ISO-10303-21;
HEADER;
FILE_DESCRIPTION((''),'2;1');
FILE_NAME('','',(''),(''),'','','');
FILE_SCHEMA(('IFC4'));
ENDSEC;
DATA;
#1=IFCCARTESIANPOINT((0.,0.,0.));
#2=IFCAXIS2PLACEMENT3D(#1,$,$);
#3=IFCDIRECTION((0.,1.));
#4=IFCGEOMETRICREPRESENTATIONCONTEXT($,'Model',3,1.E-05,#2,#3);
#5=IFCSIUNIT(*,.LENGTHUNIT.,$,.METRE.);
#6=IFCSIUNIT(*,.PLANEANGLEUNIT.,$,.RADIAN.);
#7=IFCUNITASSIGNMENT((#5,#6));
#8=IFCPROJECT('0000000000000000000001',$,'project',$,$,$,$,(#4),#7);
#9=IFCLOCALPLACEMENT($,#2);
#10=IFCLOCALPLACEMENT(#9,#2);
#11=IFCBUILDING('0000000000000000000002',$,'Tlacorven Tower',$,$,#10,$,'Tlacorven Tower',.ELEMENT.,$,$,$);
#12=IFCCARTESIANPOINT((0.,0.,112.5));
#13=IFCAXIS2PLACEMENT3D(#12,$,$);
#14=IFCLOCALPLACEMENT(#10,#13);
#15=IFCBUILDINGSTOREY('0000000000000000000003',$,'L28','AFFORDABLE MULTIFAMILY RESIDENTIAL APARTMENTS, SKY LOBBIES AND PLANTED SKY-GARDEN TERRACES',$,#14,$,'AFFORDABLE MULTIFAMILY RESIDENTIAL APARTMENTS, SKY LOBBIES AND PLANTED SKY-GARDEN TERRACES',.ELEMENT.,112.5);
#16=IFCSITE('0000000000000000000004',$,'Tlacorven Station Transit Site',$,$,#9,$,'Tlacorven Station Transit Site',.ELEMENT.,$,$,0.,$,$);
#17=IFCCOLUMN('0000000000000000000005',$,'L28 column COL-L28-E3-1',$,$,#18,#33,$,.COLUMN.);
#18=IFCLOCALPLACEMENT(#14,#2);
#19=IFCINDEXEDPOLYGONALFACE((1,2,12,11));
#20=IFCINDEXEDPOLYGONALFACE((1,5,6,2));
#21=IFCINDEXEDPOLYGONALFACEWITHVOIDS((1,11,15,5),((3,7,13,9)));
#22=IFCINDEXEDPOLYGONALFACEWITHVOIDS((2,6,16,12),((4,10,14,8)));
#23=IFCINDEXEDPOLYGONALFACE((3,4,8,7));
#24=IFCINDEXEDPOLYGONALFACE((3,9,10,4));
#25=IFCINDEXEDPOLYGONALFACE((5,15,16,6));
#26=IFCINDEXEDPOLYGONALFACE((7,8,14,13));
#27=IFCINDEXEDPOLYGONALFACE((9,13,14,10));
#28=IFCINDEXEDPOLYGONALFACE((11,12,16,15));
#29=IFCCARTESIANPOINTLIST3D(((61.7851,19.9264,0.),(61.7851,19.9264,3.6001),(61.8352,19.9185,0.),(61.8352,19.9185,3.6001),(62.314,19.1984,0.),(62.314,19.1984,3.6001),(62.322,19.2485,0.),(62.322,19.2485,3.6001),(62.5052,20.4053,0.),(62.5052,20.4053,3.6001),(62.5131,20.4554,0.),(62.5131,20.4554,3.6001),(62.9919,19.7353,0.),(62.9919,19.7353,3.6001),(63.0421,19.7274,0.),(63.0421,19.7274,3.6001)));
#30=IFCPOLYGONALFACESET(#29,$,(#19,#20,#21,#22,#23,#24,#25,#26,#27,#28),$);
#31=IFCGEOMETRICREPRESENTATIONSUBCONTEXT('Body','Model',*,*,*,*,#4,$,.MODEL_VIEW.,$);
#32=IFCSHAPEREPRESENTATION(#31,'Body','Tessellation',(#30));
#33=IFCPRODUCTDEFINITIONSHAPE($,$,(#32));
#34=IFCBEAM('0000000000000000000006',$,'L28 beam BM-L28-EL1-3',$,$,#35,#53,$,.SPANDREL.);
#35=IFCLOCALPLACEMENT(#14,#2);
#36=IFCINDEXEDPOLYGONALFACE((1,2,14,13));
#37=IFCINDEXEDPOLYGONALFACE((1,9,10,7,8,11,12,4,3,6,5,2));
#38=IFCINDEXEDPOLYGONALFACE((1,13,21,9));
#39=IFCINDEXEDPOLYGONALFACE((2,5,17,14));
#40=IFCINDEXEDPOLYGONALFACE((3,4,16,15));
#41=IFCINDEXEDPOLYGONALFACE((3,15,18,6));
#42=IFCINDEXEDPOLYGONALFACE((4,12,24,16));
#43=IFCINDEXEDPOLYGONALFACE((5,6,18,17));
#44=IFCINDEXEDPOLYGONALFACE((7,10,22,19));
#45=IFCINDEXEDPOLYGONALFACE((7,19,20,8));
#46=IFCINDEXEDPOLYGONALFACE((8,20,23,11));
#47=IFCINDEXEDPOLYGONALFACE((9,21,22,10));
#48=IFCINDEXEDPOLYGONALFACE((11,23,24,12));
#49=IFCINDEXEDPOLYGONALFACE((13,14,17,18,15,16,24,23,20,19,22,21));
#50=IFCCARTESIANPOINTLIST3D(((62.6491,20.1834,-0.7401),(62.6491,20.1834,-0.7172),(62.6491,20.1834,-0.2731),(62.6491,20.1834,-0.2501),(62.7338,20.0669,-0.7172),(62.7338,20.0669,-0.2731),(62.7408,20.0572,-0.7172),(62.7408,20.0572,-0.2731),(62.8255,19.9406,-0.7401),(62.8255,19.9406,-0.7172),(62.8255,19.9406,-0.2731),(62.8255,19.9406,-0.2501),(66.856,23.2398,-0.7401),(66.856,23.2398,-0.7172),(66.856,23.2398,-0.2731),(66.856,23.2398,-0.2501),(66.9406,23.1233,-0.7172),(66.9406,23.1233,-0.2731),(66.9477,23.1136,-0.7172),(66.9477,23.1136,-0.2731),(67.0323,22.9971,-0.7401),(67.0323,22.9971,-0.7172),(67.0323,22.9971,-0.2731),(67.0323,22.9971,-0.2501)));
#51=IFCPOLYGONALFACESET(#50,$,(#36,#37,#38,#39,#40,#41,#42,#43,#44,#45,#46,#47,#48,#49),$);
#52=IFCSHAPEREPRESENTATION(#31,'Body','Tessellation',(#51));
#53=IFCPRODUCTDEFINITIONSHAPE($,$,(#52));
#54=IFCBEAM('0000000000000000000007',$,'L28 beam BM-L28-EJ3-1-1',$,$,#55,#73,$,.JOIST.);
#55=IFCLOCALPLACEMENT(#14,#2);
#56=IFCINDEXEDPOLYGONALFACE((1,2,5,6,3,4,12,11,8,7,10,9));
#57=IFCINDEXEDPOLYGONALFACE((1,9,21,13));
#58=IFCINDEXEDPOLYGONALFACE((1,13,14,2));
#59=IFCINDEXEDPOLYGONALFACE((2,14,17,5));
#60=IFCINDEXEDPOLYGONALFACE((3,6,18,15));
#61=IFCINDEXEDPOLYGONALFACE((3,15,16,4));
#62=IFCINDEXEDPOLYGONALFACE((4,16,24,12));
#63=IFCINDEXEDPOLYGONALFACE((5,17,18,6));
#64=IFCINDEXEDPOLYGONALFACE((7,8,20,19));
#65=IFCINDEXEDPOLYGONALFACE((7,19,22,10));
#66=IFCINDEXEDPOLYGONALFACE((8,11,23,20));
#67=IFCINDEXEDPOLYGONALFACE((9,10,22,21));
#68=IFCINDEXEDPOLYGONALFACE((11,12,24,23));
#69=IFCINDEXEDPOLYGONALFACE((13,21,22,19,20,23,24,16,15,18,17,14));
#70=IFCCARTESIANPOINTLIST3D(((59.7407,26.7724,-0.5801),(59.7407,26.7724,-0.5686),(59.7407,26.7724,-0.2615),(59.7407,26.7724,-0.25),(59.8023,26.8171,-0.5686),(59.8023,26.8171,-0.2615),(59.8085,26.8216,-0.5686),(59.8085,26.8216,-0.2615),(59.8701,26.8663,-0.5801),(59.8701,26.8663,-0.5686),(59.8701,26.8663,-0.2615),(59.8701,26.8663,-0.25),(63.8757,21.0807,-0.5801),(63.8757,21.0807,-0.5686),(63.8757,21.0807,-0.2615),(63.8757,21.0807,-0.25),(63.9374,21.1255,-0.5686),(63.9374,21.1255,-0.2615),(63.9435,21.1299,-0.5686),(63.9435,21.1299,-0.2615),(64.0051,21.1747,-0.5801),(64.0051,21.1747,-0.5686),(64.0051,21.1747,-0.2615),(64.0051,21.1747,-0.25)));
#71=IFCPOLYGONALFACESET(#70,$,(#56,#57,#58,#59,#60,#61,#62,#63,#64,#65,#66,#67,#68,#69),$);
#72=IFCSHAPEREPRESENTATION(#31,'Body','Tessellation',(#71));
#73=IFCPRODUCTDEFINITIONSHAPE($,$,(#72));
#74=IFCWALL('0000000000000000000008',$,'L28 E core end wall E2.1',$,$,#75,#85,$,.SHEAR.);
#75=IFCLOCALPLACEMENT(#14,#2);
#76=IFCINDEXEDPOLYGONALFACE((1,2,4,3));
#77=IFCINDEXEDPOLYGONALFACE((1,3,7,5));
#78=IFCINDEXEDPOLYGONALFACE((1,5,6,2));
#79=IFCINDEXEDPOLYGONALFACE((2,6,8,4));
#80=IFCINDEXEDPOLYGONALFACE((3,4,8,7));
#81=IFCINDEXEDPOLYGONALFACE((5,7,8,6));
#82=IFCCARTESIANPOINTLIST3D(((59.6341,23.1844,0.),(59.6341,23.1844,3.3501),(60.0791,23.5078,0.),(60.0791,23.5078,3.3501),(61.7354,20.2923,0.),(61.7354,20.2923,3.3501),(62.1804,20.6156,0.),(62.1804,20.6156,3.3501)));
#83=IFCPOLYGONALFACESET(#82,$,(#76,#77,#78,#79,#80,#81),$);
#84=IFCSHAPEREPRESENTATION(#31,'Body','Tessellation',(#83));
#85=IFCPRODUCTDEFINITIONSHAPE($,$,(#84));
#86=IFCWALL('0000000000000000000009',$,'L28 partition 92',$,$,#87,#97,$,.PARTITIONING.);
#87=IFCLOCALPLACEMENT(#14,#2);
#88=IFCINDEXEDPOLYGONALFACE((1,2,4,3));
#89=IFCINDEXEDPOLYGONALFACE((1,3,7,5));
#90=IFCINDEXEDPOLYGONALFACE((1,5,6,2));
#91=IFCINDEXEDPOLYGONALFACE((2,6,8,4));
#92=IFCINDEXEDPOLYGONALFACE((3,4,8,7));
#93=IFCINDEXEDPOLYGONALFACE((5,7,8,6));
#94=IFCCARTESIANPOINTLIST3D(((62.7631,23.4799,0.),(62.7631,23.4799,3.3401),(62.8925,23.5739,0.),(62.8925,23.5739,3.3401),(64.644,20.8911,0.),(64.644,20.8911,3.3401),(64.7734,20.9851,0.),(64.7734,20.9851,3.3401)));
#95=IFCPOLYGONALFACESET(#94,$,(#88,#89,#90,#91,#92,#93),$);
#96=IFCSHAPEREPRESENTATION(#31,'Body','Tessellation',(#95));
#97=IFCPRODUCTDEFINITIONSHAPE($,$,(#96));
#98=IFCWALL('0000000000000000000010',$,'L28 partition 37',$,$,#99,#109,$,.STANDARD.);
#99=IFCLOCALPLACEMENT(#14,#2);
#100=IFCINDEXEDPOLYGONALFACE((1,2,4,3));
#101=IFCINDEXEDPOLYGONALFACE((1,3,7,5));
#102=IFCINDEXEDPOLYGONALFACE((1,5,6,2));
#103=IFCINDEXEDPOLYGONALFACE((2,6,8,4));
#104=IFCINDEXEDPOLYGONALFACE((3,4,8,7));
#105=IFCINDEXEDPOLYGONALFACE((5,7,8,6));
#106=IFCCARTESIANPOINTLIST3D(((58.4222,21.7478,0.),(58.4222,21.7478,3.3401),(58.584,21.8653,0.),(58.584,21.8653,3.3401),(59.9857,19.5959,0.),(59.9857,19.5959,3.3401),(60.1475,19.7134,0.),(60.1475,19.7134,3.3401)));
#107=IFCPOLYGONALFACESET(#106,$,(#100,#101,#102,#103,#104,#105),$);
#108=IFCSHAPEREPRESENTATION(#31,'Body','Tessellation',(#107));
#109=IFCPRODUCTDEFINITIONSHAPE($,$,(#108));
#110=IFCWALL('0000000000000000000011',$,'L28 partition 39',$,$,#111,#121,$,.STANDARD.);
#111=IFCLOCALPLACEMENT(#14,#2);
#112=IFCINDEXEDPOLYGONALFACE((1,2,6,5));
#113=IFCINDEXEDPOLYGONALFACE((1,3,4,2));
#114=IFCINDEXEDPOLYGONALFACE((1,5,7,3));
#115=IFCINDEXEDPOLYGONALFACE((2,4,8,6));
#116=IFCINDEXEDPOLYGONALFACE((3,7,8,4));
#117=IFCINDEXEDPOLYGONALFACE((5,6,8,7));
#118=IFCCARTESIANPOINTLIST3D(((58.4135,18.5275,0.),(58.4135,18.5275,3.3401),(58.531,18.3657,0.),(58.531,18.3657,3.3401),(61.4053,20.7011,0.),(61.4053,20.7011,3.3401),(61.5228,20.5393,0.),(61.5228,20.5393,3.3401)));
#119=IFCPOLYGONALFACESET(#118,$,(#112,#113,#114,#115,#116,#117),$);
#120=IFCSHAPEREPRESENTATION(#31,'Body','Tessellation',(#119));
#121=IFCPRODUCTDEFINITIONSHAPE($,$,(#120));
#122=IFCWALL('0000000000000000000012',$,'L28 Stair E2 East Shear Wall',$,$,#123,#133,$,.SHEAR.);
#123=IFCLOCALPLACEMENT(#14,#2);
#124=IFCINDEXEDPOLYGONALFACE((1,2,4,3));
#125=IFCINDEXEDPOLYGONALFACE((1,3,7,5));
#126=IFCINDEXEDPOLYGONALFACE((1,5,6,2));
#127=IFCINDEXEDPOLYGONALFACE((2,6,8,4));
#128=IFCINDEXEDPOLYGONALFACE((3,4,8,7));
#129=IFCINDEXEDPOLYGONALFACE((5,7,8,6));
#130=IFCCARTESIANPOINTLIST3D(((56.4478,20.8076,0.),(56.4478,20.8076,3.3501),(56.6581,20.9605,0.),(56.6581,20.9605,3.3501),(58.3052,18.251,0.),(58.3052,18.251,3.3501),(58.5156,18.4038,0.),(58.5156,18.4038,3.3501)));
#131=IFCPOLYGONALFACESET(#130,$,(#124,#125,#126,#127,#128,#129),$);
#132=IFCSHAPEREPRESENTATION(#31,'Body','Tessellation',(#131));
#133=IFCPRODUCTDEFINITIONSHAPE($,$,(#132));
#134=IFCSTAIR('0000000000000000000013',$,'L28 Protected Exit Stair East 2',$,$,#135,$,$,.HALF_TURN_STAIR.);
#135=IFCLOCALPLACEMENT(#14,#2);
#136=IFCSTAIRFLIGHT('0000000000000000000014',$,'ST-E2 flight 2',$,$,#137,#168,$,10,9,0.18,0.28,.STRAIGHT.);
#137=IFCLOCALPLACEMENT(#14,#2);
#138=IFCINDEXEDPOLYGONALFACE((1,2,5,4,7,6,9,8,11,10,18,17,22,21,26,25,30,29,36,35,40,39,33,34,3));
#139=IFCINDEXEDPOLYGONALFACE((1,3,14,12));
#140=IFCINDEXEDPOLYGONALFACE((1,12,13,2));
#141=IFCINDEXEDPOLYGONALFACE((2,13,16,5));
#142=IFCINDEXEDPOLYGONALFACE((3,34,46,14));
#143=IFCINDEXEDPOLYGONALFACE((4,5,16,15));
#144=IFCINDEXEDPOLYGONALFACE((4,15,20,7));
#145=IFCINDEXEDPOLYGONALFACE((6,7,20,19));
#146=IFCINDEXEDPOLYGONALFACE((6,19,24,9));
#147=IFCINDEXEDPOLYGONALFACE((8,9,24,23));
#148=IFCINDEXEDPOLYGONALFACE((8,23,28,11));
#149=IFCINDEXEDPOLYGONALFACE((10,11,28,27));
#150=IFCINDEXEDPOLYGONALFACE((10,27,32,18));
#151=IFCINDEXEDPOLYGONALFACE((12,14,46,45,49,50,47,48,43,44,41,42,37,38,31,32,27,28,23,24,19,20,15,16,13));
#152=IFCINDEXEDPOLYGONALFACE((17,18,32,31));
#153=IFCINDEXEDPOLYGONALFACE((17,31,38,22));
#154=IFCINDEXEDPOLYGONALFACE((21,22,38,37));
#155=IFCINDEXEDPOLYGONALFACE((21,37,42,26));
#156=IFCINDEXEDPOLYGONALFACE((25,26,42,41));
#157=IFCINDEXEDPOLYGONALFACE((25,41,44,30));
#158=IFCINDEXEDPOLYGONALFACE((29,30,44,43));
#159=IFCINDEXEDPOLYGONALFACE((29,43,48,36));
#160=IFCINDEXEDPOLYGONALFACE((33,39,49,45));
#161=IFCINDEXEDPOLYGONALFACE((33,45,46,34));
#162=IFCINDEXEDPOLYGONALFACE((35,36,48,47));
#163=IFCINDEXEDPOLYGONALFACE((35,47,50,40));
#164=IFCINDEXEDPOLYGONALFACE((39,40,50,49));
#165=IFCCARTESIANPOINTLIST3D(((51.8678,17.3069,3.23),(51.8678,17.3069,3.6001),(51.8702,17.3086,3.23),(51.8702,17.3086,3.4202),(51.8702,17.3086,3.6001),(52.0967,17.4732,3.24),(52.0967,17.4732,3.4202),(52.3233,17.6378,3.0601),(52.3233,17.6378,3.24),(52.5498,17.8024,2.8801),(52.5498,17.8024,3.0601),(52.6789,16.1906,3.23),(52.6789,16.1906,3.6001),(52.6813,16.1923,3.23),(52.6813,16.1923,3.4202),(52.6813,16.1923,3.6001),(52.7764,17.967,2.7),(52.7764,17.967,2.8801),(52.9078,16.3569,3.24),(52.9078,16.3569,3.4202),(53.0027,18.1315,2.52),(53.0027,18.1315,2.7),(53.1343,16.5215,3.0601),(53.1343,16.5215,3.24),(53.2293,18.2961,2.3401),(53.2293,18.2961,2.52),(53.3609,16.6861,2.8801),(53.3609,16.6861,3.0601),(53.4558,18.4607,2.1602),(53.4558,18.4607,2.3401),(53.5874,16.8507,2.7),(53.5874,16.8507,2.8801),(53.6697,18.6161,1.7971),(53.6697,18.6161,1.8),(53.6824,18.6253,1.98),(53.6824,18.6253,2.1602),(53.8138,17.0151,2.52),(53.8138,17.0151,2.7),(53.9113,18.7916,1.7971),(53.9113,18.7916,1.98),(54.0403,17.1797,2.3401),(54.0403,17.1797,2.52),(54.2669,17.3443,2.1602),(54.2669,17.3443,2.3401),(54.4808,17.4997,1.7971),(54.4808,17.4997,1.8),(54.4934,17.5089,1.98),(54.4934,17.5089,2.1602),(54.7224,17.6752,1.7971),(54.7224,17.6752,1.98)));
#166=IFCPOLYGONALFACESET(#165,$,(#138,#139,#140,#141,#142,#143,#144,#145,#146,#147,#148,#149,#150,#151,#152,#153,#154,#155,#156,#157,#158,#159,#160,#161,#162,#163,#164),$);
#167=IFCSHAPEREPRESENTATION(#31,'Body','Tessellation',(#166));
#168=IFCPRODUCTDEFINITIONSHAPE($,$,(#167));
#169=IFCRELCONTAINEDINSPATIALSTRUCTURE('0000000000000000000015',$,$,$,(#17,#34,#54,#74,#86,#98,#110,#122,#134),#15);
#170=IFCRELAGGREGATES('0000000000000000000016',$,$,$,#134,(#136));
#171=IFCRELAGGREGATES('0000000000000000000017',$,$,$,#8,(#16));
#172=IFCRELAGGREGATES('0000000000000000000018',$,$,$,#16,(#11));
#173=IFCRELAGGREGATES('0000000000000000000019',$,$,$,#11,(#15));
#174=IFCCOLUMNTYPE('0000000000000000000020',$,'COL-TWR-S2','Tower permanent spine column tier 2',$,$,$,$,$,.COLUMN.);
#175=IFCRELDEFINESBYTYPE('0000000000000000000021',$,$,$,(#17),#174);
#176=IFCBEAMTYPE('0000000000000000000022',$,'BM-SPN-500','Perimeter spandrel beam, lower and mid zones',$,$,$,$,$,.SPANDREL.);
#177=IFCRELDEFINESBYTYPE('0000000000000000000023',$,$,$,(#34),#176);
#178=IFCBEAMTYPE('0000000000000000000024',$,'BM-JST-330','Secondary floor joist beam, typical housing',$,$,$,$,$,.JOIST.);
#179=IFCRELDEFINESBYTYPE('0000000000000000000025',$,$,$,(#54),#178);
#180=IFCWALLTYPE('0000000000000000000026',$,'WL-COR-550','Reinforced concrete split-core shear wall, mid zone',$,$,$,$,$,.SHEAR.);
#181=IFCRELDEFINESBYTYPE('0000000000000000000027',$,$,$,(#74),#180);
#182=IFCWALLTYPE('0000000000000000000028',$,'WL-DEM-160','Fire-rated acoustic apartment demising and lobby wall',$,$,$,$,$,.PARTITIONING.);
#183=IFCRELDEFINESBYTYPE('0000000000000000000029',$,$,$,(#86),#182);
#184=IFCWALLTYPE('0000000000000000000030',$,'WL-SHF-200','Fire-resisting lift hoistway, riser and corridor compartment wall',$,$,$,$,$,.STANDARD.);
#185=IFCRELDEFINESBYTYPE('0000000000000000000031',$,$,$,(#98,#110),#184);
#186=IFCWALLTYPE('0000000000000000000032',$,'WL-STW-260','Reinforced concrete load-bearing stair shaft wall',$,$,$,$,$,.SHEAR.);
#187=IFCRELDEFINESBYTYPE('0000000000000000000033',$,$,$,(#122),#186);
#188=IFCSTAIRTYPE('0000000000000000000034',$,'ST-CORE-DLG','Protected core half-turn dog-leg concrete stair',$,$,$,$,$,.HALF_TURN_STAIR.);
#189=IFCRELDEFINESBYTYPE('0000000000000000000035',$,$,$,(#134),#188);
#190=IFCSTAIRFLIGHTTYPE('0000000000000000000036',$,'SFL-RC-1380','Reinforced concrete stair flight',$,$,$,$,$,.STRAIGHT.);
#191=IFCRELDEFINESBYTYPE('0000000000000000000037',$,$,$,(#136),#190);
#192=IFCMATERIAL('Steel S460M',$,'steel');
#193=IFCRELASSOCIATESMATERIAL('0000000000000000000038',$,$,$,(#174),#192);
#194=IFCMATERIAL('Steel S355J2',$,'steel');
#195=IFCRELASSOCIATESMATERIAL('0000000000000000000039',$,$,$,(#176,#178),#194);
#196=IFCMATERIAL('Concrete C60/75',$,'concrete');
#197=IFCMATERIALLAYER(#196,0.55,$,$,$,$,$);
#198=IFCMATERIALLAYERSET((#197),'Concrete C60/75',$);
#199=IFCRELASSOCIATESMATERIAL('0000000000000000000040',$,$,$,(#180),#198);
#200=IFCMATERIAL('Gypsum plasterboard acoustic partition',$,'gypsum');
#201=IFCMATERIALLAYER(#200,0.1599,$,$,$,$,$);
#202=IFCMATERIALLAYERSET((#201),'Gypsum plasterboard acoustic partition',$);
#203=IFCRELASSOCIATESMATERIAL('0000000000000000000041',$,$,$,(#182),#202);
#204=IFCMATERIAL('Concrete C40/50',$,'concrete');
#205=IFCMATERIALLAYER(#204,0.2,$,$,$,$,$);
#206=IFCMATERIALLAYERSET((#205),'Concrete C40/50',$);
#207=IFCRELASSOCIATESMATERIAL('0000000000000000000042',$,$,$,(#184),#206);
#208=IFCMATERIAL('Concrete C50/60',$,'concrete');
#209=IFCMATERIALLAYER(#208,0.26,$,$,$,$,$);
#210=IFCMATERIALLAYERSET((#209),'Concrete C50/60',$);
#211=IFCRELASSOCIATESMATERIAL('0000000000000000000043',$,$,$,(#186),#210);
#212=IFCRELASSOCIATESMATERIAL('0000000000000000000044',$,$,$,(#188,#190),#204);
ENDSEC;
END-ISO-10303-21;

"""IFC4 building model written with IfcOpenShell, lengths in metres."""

from ifc_helpers import new_model, si_unit, direction, frame, frame_2d, origin, origin_2d, place, context, subcontext, project, spatial, polyline, rectangle, hollow_rectangle, i_section, outline, extrude, source, transform, mapped, material, layer, layer_set, material_profile, profile_set, type_object, element, aggregate, save


model = new_model("IFC4")

# Units and contexts
model_context = context("Model", 3, precision=1e-05, world=origin(), true_north=direction((0.0, 1.0)))
body_context = subcontext(model_context, "Body", "Model", "MODEL_VIEW")
ifc_project = project(units=[si_unit("LENGTHUNIT", "METRE"), si_unit("PLANEANGLEUNIT", "RADIAN")], contexts=[model_context])

# Site, building, storey
site_placement = place(None, origin())
site = spatial("IfcSite", under=ifc_project, at=site_placement, Name="Tlacorven Station Transit Site", LongName="Tlacorven Station Transit Site", CompositionType="ELEMENT", RefElevation=0.0)
building_placement = place(site_placement, origin())
building = spatial("IfcBuilding", under=site, at=building_placement, Name="Tlacorven Tower", LongName="Tlacorven Tower", CompositionType="ELEMENT")
storey_placement = place(building_placement, frame((0.0, 0.0, 112.5)))
storey = spatial("IfcBuildingStorey", under=building, at=storey_placement, Name="L28", Description="AFFORDABLE MULTIFAMILY RESIDENTIAL APARTMENTS, SKY LOBBIES AND PLANTED SKY-GARDEN TERRACES", LongName="AFFORDABLE MULTIFAMILY RESIDENTIAL APARTMENTS, SKY LOBBIES AND PLANTED SKY-GARDEN TERRACES", CompositionType="ELEMENT", Elevation=112.5)

# Column
ifc_material_1 = material(Name="Steel S460M", Category="steel")
ifc_material_profile_1 = material_profile(ifc_material_1, hollow_rectangle(XDim=0.8999, YDim=0.8999, WallThickness=0.0359, at=origin_2d()), Name="BOX 900X900X36")
ifc_profile_set_1 = profile_set([ifc_material_profile_1], Name="Steel S460M")
column_type = type_object("IfcColumnType", Name="COL-TWR-S2", Description="Tower permanent spine column tier 2", PredefinedType="COLUMN", material=ifc_profile_set_1)
shared_shape_1 = source(origin(), body_context, "Body", "SweptSolid", [
    extrude(hollow_rectangle(XDim=0.8999, YDim=0.8999, WallThickness=0.0359, at=origin_2d()), origin(), (0.0, 0.0, 1.0), 3.6001),
])
column_placement = place(storey_placement, frame((62.4136, 19.8269, 0.0), z_axis=(0.0, 0.0, 1.0), x_axis=(0.809017, 0.587785, 0.0)))
element("IfcColumn", 1, at=column_placement, inside=storey, type_object=column_type, Name="L28 column COL-L28-E3-1", PredefinedType="COLUMN", context=body_context, shape_type="MappedRepresentation", body=[
    mapped(shared_shape_1, transform((0.0, 0.0, 0.0), scale=1.0)),
])

# Beams
ifc_material_2 = material(Name="Steel S355J2", Category="steel")
ifc_material_profile_2 = material_profile(ifc_material_2, i_section(OverallWidth=0.3, OverallDepth=0.49, WebThickness=0.012, FlangeThickness=0.0229, at=origin_2d()), Name="HEA 500")
ifc_profile_set_2 = profile_set([ifc_material_profile_2], Name="Steel S355J2")
beam_type_1 = type_object("IfcBeamType", Name="BM-SPN-500", Description="Perimeter spandrel beam, lower and mid zones", PredefinedType="SPANDREL", material=ifc_profile_set_2)
shared_shape_2 = source(origin(), body_context, "Body", "SweptSolid", [
    extrude(i_section(OverallWidth=0.3, OverallDepth=0.49, WebThickness=0.012, FlangeThickness=0.0229, at=origin_2d()), origin(), (0.0, 0.0, 1.0), 5.2),
])
beam_1_placement = place(storey_placement, frame((62.7373, 20.062, -0.4951), z_axis=(0.809018, 0.587784, 0.0), x_axis=(-0.587784, 0.809018, 0.0)))
element("IfcBeam", 2, at=beam_1_placement, inside=storey, type_object=beam_type_1, Name="L28 beam BM-L28-EL1-3", PredefinedType="SPANDREL", context=body_context, shape_type="MappedRepresentation", body=[
    mapped(shared_shape_2, transform((0.0, 0.0, 0.0), scale=1.0)),
])
ifc_material_profile_3 = material_profile(ifc_material_2, i_section(OverallWidth=0.1599, OverallDepth=0.3301, WebThickness=0.0076, FlangeThickness=0.0115, at=origin_2d()), Name="IPE 330")
ifc_profile_set_3 = profile_set([ifc_material_profile_3], Name="Steel S355J2")
beam_type_2 = type_object("IfcBeamType", Name="BM-JST-330", Description="Secondary floor joist beam, typical housing", PredefinedType="JOIST", material=ifc_profile_set_3)
shared_shape_3 = source(origin(), body_context, "Body", "SweptSolid", [
    extrude(i_section(OverallWidth=0.1599, OverallDepth=0.3301, WebThickness=0.0076, FlangeThickness=0.0115, at=origin_2d()), origin(), (0.0, 0.0, 1.0), 7.0352),
])
beam_2_placement = place(storey_placement, frame((63.9404, 21.1277, -0.415), z_axis=(-0.587765, 0.809032, 0.0), x_axis=(-0.809032, -0.587765, 0.0)))
element("IfcBeam", 3, at=beam_2_placement, inside=storey, type_object=beam_type_2, Name="L28 beam BM-L28-EJ3-1-1", PredefinedType="JOIST", context=body_context, shape_type="MappedRepresentation", body=[
    mapped(shared_shape_3, transform((0.0, 0.0, 0.0), scale=1.0)),
])

# Walls
ifc_material_3 = material(Name="Concrete C60/75", Category="concrete")
ifc_layer_1 = layer(ifc_material_3, 0.55)
ifc_layer_set_1 = layer_set([ifc_layer_1], Name="Concrete C60/75")
wall_type_1 = type_object("IfcWallType", Name="WL-COR-550", Description="Reinforced concrete split-core shear wall, mid zone", PredefinedType="SHEAR", material=ifc_layer_set_1)
wall_1_placement = place(storey_placement, frame((61.958, 20.4539, 0.0), z_axis=(0.0, 0.0, 1.0), x_axis=(-0.587802, 0.809005, 0.0)))
element("IfcWall", 4, at=wall_1_placement, inside=storey, type_object=wall_type_1, Name="L28 E core end wall E2.1", PredefinedType="SHEAR", context=body_context, shape_type="SweptSolid", body=[
    extrude(rectangle(XDim=3.575, YDim=0.55, at=frame_2d((1.7876, 0.0))), origin(), (0.0, 0.0, 1.0), 3.3501),
])
ifc_material_4 = material(Name="Gypsum plasterboard acoustic partition", Category="gypsum")
ifc_layer_2 = layer(ifc_material_4, 0.1599)
ifc_layer_set_2 = layer_set([ifc_layer_2], Name="Gypsum plasterboard acoustic partition")
wall_type_2 = type_object("IfcWallType", Name="WL-DEM-160", Description="Fire-rated acoustic apartment demising and lobby wall", PredefinedType="PARTITIONING", material=ifc_layer_set_2)
wall_2_placement = place(storey_placement, frame((64.7087, 20.938, 0.0), z_axis=(0.0, 0.0, 1.0), x_axis=(-0.587772, 0.809026, 0.0)))
element("IfcWall", 5, at=wall_2_placement, inside=storey, type_object=wall_type_2, Name="L28 partition 92", PredefinedType="PARTITIONING", context=body_context, shape_type="SweptSolid", body=[
    extrude(rectangle(XDim=3.2, YDim=0.1599, at=frame_2d((1.6001, 0.0))), origin(), (0.0, 0.0, 1.0), 3.3401),
])

# Shared definitions
ifc_material_5 = material(Name="Concrete C40/50", Category="concrete")
ifc_layer_3 = layer(ifc_material_5, 0.2)
ifc_layer_set_3 = layer_set([ifc_layer_3], Name="Concrete C40/50")
wall_type_3 = type_object("IfcWallType", Name="WL-SHF-200", Description="Fire-resisting lift hoistway, riser and corridor compartment wall", PredefinedType="STANDARD", material=ifc_layer_set_3)

# Walls
wall_3_placement = place(storey_placement, frame((60.0667, 19.6545, 0.0), z_axis=(0.0, 0.0, 1.0), x_axis=(-0.587801, 0.809006, 0.0)))
element("IfcWall", 6, at=wall_3_placement, inside=storey, type_object=wall_type_3, Name="L28 partition 37", PredefinedType="STANDARD", context=body_context, shape_type="SweptSolid", body=[
    extrude(rectangle(XDim=2.6599, YDim=0.2, at=frame_2d((1.3301, 0.0))), origin(), (0.0, 0.0, 1.0), 3.3401),
])
wall_4_placement = place(storey_placement, frame((58.4722, 18.4465, 0.0), z_axis=(0.0, 0.0, 1.0), x_axis=(0.809019, 0.587783, 0.0)))
element("IfcWall", 7, at=wall_4_placement, inside=storey, type_object=wall_type_3, Name="L28 partition 39", PredefinedType="STANDARD", context=body_context, shape_type="SweptSolid", body=[
    extrude(rectangle(XDim=3.698, YDim=0.2, at=frame_2d((1.8491, 0.0))), origin(), (0.0, 0.0, 1.0), 3.3401),
])
ifc_material_6 = material(Name="Concrete C50/60", Category="concrete")
ifc_layer_4 = layer(ifc_material_6, 0.26)
ifc_layer_set_4 = layer_set([ifc_layer_4], Name="Concrete C50/60")
wall_type_4 = type_object("IfcWallType", Name="WL-STW-260", Description="Reinforced concrete load-bearing stair shaft wall", PredefinedType="SHEAR", material=ifc_layer_set_4)
wall_5_placement = place(storey_placement, frame((58.4104, 18.3274, 0.0), z_axis=(0.0, 0.0, 1.0), x_axis=(-0.587767, 0.80903, 0.0)))
element("IfcWall", 8, at=wall_5_placement, inside=storey, type_object=wall_type_4, Name="L28 Stair E2 East Shear Wall", PredefinedType="SHEAR", context=body_context, shape_type="SweptSolid", body=[
    extrude(rectangle(XDim=3.1602, YDim=0.26, at=frame_2d((1.5801, 0.0))), origin(), (0.0, 0.0, 1.0), 3.3501),
])

# Stair, stair flight
stair_type = type_object("IfcStairType", Name="ST-CORE-DLG", Description="Protected core half-turn dog-leg concrete stair", PredefinedType="HALF_TURN_STAIR", material=ifc_material_5)
stair_placement = place(storey_placement, origin())
stair = element("IfcStair", 9, at=stair_placement, inside=storey, type_object=stair_type, Name="L28 Protected Exit Stair East 2", PredefinedType="HALF_TURN_STAIR")
stair_flight_type = type_object("IfcStairFlightType", Name="SFL-RC-1380", Description="Reinforced concrete stair flight", PredefinedType="STRAIGHT", material=ifc_material_5)
shared_shape_4 = source(origin(), body_context, "Body", "SweptSolid", [
    extrude(outline(polyline([(-0.0029, -0.0029), (-0.0029, 0.1799), (0.28, 0.1799), (0.28, 0.3601), (0.5601, 0.3601), (0.5601, 0.54), (0.8401, 0.54), (0.8401, 0.72), (1.1201, 0.72), (1.1201, 0.8999), (1.3999, 0.8999), (1.3999, 1.0801), (1.6799, 1.0801), (1.6799, 1.26), (1.96, 1.26), (1.96, 1.4399), (2.24, 1.4399), (2.24, 1.6201), (2.52, 1.6201), (2.52, 1.8), (2.5229, 1.8), (2.5229, 1.4299), (2.52, 1.4299), (0.2957, 0.0), (0.2957, -0.0029), (-0.0029, -0.0029)])), frame((0.0, 0.6899, 0.0), z_axis=(0.0, -1.0, 0.0), x_axis=(1.0, 0.0, 0.0)), (0.0, 0.0, 1.0), 1.3799),
])
stair_flight_placement = place(storey_placement, frame((54.3145, 18.2317, 1.8), z_axis=(0.0, 0.0, 1.0), x_axis=(-0.809017, -0.587785, 0.0)))
stair_flight = element("IfcStairFlight", 10, at=stair_flight_placement, type_object=stair_flight_type, Name="ST-E2 flight 2", NumberOfRisers=10, NumberOfTreads=9, PredefinedType="STRAIGHT", RiserHeight=0.18, TreadLength=0.28, context=body_context, shape_type="MappedRepresentation", body=[
    mapped(shared_shape_4, transform((0.0, 0.0, 0.0), scale=1.0)),
])
aggregate(stair, [stair_flight])

save(model, "model.ifc")
